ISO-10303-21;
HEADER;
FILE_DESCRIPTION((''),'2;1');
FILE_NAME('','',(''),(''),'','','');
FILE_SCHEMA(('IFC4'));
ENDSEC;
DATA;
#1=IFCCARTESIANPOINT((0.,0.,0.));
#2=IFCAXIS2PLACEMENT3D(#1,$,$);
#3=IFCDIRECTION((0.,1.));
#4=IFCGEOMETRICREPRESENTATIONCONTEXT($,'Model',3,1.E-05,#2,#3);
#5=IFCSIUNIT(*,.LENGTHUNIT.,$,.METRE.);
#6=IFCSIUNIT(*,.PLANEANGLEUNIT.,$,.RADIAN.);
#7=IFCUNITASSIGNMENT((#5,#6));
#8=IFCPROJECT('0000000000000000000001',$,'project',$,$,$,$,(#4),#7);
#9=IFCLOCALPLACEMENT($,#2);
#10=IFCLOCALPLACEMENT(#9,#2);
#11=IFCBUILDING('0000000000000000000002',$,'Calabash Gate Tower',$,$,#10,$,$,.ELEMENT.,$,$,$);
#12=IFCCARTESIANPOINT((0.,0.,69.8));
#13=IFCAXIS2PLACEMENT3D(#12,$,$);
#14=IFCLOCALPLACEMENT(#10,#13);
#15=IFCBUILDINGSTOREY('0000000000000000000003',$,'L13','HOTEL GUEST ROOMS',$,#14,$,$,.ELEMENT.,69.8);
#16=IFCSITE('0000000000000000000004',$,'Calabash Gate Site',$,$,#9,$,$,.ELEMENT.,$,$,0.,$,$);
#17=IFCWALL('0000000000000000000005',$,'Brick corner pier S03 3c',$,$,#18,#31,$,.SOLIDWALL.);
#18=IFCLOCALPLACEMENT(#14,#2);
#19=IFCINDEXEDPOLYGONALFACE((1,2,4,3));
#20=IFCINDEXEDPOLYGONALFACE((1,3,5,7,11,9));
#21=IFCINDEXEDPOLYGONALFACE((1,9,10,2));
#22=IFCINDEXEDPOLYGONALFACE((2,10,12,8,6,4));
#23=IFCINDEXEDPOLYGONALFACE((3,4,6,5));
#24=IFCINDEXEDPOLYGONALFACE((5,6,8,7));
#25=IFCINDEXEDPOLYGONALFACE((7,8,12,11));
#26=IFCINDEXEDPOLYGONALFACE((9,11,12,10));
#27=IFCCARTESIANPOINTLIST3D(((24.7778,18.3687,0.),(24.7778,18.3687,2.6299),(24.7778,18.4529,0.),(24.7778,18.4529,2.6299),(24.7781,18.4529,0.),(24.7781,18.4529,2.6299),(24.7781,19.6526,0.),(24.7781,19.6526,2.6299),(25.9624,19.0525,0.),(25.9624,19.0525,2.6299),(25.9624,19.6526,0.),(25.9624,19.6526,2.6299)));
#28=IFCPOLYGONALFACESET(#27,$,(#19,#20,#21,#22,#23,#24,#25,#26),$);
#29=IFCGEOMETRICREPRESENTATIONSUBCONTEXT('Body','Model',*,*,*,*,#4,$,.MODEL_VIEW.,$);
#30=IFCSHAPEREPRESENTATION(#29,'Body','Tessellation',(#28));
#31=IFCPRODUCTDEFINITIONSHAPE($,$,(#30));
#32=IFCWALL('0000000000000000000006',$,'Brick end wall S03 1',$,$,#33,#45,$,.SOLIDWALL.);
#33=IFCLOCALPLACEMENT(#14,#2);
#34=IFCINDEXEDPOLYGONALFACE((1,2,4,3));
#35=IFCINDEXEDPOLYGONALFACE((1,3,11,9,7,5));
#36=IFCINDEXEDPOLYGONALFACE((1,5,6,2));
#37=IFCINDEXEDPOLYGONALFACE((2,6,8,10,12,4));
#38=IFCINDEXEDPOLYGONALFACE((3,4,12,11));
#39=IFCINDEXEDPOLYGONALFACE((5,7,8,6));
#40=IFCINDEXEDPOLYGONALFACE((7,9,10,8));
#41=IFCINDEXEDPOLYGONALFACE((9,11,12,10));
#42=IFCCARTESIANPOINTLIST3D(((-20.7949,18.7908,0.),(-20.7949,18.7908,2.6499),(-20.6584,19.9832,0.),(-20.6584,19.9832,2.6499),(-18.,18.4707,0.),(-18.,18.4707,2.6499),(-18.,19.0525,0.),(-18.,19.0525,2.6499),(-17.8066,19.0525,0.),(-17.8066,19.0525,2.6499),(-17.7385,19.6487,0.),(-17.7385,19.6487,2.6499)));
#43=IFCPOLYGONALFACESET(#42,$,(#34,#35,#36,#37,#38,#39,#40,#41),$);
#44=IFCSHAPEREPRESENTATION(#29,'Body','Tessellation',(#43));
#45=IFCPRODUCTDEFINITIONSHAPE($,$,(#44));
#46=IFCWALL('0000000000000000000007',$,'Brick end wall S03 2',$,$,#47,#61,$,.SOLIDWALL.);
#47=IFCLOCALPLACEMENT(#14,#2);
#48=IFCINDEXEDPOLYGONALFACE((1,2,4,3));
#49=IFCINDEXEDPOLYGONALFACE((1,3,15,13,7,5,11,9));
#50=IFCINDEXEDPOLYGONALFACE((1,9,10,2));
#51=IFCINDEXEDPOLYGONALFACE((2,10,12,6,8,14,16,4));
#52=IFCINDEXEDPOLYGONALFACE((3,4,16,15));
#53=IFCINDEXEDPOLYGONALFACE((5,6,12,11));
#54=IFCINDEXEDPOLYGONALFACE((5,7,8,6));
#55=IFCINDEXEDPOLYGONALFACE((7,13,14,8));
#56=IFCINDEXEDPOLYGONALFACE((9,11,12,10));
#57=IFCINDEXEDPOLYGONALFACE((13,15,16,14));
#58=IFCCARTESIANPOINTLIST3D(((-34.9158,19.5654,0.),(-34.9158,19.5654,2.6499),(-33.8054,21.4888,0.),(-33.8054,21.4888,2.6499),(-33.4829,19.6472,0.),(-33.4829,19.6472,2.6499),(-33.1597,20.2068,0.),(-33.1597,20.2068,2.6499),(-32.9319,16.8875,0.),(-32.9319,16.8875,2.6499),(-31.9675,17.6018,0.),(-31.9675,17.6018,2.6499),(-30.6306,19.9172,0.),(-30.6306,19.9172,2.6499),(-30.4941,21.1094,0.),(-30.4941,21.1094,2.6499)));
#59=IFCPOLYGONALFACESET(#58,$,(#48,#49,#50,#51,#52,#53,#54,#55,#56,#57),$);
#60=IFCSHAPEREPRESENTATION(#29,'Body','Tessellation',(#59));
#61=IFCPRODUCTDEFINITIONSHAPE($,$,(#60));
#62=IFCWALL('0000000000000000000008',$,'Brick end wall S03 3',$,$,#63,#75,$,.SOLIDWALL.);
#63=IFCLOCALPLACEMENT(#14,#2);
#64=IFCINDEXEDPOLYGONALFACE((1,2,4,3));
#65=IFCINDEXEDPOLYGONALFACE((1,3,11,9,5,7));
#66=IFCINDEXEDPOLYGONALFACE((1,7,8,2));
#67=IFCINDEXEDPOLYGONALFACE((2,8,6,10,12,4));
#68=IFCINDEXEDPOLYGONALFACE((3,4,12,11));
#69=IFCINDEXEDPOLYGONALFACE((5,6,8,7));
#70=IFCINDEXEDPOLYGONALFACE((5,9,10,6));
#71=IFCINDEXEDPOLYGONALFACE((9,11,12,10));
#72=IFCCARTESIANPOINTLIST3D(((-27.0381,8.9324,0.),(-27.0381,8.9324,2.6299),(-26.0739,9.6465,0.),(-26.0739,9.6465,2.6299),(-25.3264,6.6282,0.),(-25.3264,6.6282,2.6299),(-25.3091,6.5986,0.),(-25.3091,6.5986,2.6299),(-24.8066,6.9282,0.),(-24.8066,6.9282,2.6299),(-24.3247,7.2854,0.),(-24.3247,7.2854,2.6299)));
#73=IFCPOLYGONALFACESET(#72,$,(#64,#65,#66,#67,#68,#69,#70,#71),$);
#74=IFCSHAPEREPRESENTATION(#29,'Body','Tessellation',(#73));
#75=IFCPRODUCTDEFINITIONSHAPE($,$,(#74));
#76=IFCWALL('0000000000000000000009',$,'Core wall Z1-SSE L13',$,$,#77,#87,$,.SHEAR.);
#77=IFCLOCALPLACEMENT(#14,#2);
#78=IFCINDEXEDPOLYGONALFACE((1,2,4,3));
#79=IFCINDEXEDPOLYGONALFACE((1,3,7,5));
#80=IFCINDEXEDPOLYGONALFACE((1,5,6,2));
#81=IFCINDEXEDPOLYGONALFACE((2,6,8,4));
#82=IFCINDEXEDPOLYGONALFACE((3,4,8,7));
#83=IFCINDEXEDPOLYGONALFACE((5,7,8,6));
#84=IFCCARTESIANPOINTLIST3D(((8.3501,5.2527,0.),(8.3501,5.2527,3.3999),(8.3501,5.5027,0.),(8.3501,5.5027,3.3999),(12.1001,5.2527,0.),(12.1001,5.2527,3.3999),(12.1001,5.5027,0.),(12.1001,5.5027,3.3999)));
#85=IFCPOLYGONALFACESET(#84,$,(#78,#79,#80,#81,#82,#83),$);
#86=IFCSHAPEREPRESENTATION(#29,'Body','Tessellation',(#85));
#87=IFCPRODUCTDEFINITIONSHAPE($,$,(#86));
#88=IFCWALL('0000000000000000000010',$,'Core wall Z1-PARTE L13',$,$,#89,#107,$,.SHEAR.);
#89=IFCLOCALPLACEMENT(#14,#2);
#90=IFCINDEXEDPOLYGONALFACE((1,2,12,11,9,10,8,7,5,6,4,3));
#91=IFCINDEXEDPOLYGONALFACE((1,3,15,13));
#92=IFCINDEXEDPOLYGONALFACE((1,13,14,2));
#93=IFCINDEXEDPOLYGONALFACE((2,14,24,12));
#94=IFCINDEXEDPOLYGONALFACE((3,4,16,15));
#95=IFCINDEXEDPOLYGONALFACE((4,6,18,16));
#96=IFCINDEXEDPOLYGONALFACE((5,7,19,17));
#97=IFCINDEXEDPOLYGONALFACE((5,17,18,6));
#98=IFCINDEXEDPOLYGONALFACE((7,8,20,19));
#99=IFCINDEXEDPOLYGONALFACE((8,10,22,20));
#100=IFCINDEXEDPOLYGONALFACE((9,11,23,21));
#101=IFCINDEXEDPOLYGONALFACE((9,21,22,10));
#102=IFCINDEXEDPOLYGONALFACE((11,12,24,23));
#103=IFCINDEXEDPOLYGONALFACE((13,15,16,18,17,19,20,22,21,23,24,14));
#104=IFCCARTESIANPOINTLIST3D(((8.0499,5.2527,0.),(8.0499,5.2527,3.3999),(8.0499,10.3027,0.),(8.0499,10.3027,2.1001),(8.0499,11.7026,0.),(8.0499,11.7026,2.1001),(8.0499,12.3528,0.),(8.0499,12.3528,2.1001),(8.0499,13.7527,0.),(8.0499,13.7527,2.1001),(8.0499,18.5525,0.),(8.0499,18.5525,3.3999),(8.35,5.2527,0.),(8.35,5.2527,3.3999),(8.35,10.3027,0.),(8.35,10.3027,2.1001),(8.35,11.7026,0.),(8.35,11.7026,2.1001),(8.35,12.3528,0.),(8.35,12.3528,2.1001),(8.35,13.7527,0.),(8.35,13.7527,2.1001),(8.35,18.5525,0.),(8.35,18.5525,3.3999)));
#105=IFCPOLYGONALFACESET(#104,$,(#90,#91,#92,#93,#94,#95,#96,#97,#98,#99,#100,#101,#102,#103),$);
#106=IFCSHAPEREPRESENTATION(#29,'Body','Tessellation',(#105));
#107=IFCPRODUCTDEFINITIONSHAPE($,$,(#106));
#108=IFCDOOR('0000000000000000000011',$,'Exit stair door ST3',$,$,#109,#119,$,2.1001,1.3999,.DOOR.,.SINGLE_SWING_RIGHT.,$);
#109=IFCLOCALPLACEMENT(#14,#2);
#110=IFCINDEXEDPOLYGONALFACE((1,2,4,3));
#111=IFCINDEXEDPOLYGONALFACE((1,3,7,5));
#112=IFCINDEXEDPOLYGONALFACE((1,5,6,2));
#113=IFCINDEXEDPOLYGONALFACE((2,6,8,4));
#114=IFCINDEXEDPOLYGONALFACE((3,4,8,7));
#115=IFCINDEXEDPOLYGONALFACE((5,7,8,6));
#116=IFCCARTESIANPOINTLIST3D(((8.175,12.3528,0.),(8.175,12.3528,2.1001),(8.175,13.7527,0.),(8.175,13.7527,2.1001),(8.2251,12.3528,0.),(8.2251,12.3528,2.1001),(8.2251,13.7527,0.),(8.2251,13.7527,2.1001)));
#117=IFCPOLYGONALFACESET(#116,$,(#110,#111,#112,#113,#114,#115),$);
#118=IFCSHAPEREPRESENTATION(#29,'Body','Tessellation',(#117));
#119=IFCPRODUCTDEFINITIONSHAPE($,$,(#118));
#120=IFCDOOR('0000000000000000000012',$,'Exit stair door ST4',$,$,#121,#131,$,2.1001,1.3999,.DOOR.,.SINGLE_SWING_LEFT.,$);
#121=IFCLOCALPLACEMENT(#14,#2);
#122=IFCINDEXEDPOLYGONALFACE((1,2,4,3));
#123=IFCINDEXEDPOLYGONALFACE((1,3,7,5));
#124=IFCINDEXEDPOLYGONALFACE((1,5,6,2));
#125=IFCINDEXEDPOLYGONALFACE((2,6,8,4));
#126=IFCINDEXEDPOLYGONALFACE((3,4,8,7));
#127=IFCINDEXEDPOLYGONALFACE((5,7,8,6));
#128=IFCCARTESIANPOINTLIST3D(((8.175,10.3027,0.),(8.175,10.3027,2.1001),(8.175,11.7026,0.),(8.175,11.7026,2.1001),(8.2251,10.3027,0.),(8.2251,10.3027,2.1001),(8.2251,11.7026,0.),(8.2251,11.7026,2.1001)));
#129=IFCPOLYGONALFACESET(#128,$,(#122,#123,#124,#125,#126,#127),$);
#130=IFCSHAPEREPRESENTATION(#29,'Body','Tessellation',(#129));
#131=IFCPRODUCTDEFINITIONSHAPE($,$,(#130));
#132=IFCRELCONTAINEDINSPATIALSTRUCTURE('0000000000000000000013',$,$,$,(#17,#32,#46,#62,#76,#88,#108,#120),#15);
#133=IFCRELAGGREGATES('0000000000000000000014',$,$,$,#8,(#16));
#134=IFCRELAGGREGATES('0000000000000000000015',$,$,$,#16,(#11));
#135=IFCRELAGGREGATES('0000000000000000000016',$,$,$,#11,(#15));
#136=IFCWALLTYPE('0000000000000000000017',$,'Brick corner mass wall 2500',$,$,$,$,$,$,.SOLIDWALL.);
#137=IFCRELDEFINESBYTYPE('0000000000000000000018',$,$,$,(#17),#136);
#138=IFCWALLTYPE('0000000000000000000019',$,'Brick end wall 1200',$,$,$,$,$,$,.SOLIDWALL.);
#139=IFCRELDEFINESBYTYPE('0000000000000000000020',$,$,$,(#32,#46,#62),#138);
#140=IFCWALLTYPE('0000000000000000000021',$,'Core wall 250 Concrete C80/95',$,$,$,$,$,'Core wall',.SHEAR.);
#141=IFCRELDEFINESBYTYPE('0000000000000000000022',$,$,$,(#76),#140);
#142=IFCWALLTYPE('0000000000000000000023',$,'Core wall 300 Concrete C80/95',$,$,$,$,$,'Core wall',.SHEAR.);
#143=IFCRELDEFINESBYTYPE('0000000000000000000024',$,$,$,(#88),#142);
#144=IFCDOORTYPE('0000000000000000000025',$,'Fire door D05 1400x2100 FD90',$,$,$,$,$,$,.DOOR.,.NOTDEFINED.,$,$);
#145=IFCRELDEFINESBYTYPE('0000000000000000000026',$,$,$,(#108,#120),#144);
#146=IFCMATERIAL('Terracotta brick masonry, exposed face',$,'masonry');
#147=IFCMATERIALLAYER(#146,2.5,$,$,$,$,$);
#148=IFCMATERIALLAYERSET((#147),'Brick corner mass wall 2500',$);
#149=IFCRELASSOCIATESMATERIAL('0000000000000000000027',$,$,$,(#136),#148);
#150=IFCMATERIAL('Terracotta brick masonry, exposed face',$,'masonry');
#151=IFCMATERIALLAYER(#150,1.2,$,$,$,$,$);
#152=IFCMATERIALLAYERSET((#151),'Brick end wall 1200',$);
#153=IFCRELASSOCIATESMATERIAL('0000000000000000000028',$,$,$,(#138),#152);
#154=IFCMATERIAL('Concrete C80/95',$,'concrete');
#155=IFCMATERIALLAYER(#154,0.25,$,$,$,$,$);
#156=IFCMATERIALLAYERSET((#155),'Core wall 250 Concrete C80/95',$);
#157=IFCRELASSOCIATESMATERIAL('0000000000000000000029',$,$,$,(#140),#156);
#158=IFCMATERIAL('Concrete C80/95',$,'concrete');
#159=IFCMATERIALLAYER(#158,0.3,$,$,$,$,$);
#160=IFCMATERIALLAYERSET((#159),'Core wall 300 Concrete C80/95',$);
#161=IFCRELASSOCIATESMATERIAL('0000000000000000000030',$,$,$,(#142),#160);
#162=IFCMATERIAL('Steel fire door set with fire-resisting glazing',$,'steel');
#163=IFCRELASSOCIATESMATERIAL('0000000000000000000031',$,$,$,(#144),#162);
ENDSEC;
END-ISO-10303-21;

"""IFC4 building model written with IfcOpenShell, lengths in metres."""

from ifc_helpers import new_model, si_unit, direction, frame, frame_2d, origin, place, context, subcontext, project, spatial, polyline, rectangle, outline, extrude, material, layer, layer_set, type_object, element, fill, save


model = new_model("IFC4")

# Units and contexts
model_context = context("Model", 3, precision=1e-05, world=origin(), true_north=direction((0.0, 1.0)))
body_context = subcontext(model_context, "Body", "Model", "MODEL_VIEW")
ifc_project = project(units=[si_unit("LENGTHUNIT", "METRE"), si_unit("PLANEANGLEUNIT", "RADIAN")], contexts=[model_context])

# Site, building, storey
site_placement = place(None, origin())
site = spatial("IfcSite", under=ifc_project, at=site_placement, Name="Calabash Gate Site", CompositionType="ELEMENT", RefElevation=0.0)
building_placement = place(site_placement, origin())
building = spatial("IfcBuilding", under=site, at=building_placement, Name="Calabash Gate Tower", CompositionType="ELEMENT")
storey_placement = place(building_placement, frame((0.0, 0.0, 69.8)))
storey = spatial("IfcBuildingStorey", under=building, at=storey_placement, Name="L13", Description="HOTEL GUEST ROOMS", CompositionType="ELEMENT", Elevation=69.8)

# Walls
ifc_material_1 = material(Name="Terracotta brick masonry, exposed face", Category="masonry")
ifc_layer_1 = layer(ifc_material_1, 2.5)
ifc_layer_set_1 = layer_set([ifc_layer_1], Name="Brick corner mass wall 2500")
wall_type_1 = type_object("IfcWallType", Name="Brick corner mass wall 2500", PredefinedType="SOLIDWALL", material=ifc_layer_set_1)
wall_1_placement = place(storey_placement, origin())
element("IfcWall", 1, at=wall_1_placement, inside=storey, type_object=wall_type_1, Name="Brick corner pier S03 3c", PredefinedType="SOLIDWALL", context=body_context, shape_type="SweptSolid", body=[
    extrude(outline(polyline([(24.7778, 18.4529), (24.7778, 18.3687), (25.9624, 19.0525), (25.9624, 19.6526), (24.7781, 19.6526), (24.7781, 18.4529), (24.7778, 18.4529)])), origin(), (0.0, 0.0, 1.0), 2.6299),
])
ifc_material_2 = material(Name="Terracotta brick masonry, exposed face", Category="masonry")
ifc_layer_2 = layer(ifc_material_2, 1.2)
ifc_layer_set_2 = layer_set([ifc_layer_2], Name="Brick end wall 1200")
wall_type_2 = type_object("IfcWallType", Name="Brick end wall 1200", PredefinedType="SOLIDWALL", material=ifc_layer_set_2)
wall_2_placement = place(storey_placement, origin())
element("IfcWall", 2, at=wall_2_placement, inside=storey, type_object=wall_type_2, Name="Brick end wall S03 1", PredefinedType="SOLIDWALL", context=body_context, shape_type="SweptSolid", body=[
    extrude(outline(polyline([(-20.6584, 19.9832), (-20.7949, 18.7908), (-18.0, 18.4707), (-18.0, 19.0525), (-17.8066, 19.0525), (-17.7385, 19.6487), (-20.6584, 19.9832)])), origin(), (0.0, 0.0, 1.0), 2.6499),
])
wall_3_placement = place(storey_placement, origin())
element("IfcWall", 3, at=wall_3_placement, inside=storey, type_object=wall_type_2, Name="Brick end wall S03 2", PredefinedType="SOLIDWALL", context=body_context, shape_type="SweptSolid", body=[
    extrude(outline(polyline([(-33.1597, 20.2068), (-30.6306, 19.9172), (-30.4941, 21.1094), (-33.8054, 21.4888), (-34.9158, 19.5654), (-32.9319, 16.8875), (-31.9675, 17.6018), (-33.4829, 19.6472), (-33.1597, 20.2068)])), origin(), (0.0, 0.0, 1.0), 2.6499),
])
wall_4_placement = place(storey_placement, origin())
element("IfcWall", 4, at=wall_4_placement, inside=storey, type_object=wall_type_2, Name="Brick end wall S03 3", PredefinedType="SOLIDWALL", context=body_context, shape_type="SweptSolid", body=[
    extrude(outline(polyline([(-24.3247, 7.2854), (-26.0742, 9.647), (-26.0742, 9.647), (-26.074, 9.6465), (-27.0381, 8.9324), (-25.3091, 6.5986), (-25.3264, 6.6282), (-24.8066, 6.9282), (-24.3247, 7.2854)])), origin(), (0.0, 0.0, 1.0), 2.6299),
])
ifc_material_3 = material(Name="Concrete C80/95", Category="concrete")
ifc_layer_3 = layer(ifc_material_3, 0.25)
ifc_layer_set_3 = layer_set([ifc_layer_3], Name="Core wall 250 Concrete C80/95")
wall_type_3 = type_object("IfcWallType", Name="Core wall 250 Concrete C80/95", ElementType="Core wall", PredefinedType="SHEAR", material=ifc_layer_set_3)
wall_5_placement = place(storey_placement, frame((8.3501, 5.3777, 0.0), z_axis=(0.0, 0.0, 1.0), x_axis=(1.0, 0.0, 0.0)))
element("IfcWall", 5, at=wall_5_placement, inside=storey, type_object=wall_type_3, Name="Core wall Z1-SSE L13", PredefinedType="SHEAR", context=body_context, shape_type="SweptSolid", body=[
    extrude(rectangle(XDim=3.75, YDim=0.25, at=frame_2d((1.875, 0.0))), origin(), (0.0, 0.0, 1.0), 3.3999),
])

# Wall, openings, doors
ifc_material_4 = material(Name="Concrete C80/95", Category="concrete")
ifc_layer_4 = layer(ifc_material_4, 0.3)
ifc_layer_set_4 = layer_set([ifc_layer_4], Name="Core wall 300 Concrete C80/95")
wall_type_4 = type_object("IfcWallType", Name="Core wall 300 Concrete C80/95", ElementType="Core wall", PredefinedType="SHEAR", material=ifc_layer_set_4)
wall_6_placement = place(storey_placement, frame((8.2, 5.2527, 0.0), z_axis=(0.0, 0.0, 1.0), x_axis=(0.0, 1.0, 0.0)))
wall_6 = element("IfcWall", 6, at=wall_6_placement, inside=storey, type_object=wall_type_4, Name="Core wall Z1-PARTE L13", PredefinedType="SHEAR", context=body_context, shape_type="SweptSolid", body=[
    extrude(rectangle(XDim=13.2998, YDim=0.3, at=frame_2d((6.6499, 0.0))), origin(), (0.0, 0.0, 1.0), 3.3999),
])
opening_1_placement = place(wall_6_placement, frame((7.1001, 0.0, 0.0)))
opening_1 = element("IfcOpeningElement", 7, at=opening_1_placement, cuts=wall_6, PredefinedType="OPENING", context=body_context, shape_type="SweptSolid", body=[
    extrude(rectangle(XDim=1.3999, YDim=2.1001, at=frame_2d((0.7, 1.05))), frame((0.0, 0.1599, 0.0), z_axis=(0.0, -1.0, 0.0), x_axis=(1.0, 0.0, 0.0)), (0.0, 0.0, 1.0), 0.3201),
])
opening_2_placement = place(wall_6_placement, frame((5.05, 0.0, 0.0)))
opening_2 = element("IfcOpeningElement", 8, at=opening_2_placement, cuts=wall_6, PredefinedType="OPENING", context=body_context, shape_type="SweptSolid", body=[
    extrude(rectangle(XDim=1.3999, YDim=2.1001, at=frame_2d((0.7, 1.05))), frame((0.0, 0.1599, 0.0), z_axis=(0.0, -1.0, 0.0), x_axis=(1.0, 0.0, 0.0)), (0.0, 0.0, 1.0), 0.3201),
])
ifc_material_5 = material(Name="Steel fire door set with fire-resisting glazing", Category="steel")
door_type_1 = type_object("IfcDoorType", Name="Fire door D05 1400x2100 FD90", OperationType="NOTDEFINED", PredefinedType="DOOR", material=ifc_material_5)
door_1_placement = place(opening_1_placement, origin())
door_1 = element("IfcDoor", 9, at=door_1_placement, inside=storey, type_object=door_type_1, Name="Exit stair door ST3", OperationType="SINGLE_SWING_RIGHT", OverallHeight=2.1001, OverallWidth=1.3999, PredefinedType="DOOR", context=body_context, shape_type="SweptSolid", body=[
    extrude(rectangle(XDim=1.3999, YDim=2.1001, at=frame_2d((0.7, 1.05))), frame((0.0, 0.0249, 0.0), z_axis=(0.0, -1.0, 0.0), x_axis=(1.0, 0.0, 0.0)), (0.0, 0.0, 1.0), 0.05),
])
fill(opening_1, door_1)
door_2_placement = place(opening_2_placement, origin())
door_2 = element("IfcDoor", 10, at=door_2_placement, inside=storey, type_object=door_type_1, Name="Exit stair door ST4", OperationType="SINGLE_SWING_LEFT", OverallHeight=2.1001, OverallWidth=1.3999, PredefinedType="DOOR", context=body_context, shape_type="SweptSolid", body=[
    extrude(rectangle(XDim=1.3999, YDim=2.1001, at=frame_2d((0.7, 1.05))), frame((0.0, 0.0249, 0.0), z_axis=(0.0, -1.0, 0.0), x_axis=(1.0, 0.0, 0.0)), (0.0, 0.0, 1.0), 0.05),
])
fill(opening_2, door_2)

save(model, "model.ifc")
